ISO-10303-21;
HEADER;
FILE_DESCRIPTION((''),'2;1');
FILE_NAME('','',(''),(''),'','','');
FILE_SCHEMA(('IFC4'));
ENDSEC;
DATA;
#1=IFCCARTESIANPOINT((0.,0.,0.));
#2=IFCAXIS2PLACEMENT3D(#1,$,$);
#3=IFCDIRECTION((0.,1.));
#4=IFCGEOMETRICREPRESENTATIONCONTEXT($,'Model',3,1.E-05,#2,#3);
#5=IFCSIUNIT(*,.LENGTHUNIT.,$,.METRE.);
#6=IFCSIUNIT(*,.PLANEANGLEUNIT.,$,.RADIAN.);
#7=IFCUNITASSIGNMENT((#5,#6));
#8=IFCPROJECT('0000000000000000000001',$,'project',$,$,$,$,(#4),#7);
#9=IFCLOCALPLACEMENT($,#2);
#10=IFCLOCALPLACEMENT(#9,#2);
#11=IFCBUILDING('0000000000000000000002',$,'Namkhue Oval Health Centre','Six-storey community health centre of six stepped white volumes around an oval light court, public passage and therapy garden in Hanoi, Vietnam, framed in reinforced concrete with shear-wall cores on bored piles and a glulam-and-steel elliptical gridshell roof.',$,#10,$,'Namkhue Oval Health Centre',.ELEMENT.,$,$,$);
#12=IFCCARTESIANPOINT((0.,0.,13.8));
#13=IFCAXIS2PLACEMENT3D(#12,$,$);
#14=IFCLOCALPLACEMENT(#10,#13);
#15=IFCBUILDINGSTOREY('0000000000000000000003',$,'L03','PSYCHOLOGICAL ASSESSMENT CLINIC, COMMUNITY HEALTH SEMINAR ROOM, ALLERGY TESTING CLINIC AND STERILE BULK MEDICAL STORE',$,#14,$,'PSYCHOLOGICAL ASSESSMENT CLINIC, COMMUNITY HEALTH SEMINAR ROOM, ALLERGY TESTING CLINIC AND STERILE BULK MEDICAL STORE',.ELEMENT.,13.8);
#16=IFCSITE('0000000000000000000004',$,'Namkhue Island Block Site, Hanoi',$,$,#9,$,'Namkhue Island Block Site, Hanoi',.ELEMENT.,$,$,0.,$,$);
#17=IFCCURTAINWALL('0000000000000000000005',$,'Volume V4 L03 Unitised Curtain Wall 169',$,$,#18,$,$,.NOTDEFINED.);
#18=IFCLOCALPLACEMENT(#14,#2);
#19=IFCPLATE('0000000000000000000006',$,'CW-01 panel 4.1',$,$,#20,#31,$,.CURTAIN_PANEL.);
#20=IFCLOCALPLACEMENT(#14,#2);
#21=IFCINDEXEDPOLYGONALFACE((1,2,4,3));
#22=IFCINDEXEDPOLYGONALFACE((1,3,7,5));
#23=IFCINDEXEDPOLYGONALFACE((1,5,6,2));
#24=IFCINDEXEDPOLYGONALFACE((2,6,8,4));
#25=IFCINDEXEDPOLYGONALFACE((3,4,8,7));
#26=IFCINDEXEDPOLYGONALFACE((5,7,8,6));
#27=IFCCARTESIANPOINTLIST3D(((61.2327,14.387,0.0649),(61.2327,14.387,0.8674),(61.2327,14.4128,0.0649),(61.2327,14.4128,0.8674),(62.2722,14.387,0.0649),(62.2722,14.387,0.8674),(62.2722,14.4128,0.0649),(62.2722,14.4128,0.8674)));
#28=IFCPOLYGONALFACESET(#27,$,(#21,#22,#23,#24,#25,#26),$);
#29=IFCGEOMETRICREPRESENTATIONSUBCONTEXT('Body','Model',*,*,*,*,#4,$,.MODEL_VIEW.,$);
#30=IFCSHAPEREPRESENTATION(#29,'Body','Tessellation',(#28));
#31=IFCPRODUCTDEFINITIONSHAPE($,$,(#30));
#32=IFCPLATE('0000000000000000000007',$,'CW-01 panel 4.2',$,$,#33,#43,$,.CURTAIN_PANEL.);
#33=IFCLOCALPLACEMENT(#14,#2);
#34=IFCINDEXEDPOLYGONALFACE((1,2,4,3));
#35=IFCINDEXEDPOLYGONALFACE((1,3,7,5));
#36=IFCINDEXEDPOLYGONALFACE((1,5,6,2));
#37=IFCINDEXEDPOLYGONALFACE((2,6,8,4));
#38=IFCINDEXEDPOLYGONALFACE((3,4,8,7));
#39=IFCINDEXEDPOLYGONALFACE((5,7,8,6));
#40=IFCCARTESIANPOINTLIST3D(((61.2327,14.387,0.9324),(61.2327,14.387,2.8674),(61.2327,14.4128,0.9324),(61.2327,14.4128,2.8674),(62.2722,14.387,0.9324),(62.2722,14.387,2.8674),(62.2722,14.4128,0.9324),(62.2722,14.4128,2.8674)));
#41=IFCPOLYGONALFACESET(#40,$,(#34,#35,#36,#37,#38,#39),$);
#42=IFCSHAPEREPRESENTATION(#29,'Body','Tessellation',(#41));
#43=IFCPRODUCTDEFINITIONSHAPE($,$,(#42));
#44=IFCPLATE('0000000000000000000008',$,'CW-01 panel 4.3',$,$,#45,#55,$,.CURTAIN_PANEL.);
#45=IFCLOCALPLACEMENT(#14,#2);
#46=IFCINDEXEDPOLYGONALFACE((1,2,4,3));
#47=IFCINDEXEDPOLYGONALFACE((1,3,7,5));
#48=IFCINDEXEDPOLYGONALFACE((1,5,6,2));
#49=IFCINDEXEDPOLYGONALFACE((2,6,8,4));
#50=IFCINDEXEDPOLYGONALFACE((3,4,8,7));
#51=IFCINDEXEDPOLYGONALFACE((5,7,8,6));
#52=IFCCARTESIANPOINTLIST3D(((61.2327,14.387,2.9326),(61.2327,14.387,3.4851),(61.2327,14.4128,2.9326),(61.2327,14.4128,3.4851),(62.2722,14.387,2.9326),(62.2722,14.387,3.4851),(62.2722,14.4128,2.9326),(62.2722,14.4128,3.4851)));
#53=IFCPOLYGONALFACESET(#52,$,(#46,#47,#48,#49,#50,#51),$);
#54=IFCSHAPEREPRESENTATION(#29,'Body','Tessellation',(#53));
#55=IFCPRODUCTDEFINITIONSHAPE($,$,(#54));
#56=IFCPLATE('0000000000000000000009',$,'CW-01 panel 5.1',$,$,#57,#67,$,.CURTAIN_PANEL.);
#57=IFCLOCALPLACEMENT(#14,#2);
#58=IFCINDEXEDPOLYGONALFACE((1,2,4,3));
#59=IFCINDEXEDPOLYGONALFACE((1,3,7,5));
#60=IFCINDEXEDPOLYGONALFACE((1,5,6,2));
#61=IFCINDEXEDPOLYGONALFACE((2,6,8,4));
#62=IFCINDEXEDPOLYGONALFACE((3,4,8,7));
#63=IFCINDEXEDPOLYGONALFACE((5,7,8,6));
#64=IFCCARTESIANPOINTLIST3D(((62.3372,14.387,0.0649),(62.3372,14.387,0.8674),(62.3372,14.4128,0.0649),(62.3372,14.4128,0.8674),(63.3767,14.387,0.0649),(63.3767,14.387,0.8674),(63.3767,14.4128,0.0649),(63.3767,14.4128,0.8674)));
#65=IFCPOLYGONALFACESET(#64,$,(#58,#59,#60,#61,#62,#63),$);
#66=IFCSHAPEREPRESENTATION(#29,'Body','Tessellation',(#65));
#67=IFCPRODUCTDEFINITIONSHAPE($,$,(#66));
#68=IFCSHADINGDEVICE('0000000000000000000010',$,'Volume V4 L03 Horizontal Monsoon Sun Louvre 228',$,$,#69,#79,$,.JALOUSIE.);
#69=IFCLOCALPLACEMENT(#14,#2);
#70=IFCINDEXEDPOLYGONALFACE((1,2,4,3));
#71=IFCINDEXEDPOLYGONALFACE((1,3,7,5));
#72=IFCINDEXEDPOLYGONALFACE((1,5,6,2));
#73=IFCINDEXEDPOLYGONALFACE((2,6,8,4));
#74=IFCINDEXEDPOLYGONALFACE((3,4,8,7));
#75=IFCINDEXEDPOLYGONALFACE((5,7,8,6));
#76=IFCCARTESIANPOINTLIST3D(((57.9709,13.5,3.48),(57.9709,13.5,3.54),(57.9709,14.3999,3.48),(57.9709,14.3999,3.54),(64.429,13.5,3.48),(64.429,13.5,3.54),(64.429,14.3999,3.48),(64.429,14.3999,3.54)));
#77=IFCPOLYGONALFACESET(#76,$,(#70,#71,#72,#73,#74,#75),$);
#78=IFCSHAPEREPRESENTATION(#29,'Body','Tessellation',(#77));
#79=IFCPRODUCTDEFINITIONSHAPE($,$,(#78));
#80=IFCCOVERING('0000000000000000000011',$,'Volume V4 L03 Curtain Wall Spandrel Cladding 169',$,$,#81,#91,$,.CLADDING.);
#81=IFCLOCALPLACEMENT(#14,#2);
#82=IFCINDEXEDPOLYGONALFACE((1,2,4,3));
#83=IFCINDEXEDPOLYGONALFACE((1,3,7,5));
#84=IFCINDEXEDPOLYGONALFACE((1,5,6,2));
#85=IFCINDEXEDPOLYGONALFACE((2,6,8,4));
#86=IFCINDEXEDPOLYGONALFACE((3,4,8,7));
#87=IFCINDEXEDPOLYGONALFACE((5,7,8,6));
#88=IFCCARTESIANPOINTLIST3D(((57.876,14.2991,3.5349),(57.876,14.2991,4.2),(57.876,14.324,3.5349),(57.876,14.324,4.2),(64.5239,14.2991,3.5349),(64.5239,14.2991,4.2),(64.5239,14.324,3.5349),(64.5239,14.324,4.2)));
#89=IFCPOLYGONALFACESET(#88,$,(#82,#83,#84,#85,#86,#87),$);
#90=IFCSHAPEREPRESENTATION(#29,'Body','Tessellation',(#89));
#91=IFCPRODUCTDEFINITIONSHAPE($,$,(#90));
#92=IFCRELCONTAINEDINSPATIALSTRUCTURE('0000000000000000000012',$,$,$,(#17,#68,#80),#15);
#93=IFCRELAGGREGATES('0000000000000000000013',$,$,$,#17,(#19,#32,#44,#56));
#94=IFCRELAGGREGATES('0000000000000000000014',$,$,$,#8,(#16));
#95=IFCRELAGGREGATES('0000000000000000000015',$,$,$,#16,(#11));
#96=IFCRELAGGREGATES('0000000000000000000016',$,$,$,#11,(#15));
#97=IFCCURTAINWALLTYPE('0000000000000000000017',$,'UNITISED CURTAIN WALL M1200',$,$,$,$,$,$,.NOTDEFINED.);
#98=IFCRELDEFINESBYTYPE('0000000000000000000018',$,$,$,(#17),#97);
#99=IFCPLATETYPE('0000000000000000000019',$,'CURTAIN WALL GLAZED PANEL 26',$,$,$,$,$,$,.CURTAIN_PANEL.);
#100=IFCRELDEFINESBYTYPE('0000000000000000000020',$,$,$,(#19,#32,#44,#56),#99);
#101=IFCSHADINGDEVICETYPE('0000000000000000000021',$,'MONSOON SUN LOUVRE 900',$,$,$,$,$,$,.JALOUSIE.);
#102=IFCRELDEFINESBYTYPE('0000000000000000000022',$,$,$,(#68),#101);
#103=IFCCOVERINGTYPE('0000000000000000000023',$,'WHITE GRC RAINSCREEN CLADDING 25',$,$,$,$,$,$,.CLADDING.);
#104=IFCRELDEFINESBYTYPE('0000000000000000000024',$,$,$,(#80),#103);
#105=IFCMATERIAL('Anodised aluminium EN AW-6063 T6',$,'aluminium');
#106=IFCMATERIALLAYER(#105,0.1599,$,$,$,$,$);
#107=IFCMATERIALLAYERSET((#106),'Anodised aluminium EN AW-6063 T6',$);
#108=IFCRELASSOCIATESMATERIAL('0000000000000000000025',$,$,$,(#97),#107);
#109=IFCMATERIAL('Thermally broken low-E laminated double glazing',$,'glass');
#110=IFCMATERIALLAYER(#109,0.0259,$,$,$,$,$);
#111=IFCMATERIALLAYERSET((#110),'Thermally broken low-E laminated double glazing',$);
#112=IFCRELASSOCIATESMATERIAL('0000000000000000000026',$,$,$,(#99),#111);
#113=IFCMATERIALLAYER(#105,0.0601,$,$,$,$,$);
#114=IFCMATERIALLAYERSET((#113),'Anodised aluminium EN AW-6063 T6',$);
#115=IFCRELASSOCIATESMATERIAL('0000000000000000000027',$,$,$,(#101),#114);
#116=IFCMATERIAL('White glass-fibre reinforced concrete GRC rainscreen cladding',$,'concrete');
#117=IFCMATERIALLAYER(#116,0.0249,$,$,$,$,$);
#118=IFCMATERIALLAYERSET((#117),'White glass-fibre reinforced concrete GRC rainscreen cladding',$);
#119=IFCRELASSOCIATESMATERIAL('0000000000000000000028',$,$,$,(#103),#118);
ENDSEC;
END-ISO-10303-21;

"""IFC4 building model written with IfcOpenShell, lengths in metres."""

from ifc_helpers import new_model, si_unit, direction, frame, origin, origin_2d, place, context, subcontext, project, spatial, rectangle, extrude, material, layer, layer_set, type_object, element, aggregate, save


model = new_model("IFC4")

# Units and contexts
model_context = context("Model", 3, precision=1e-05, world=origin(), true_north=direction((0.0, 1.0)))
body_context = subcontext(model_context, "Body", "Model", "MODEL_VIEW")
ifc_project = project(units=[si_unit("LENGTHUNIT", "METRE"), si_unit("PLANEANGLEUNIT", "RADIAN")], contexts=[model_context])

# Site, building, storey
site_placement = place(None, origin())
site = spatial("IfcSite", under=ifc_project, at=site_placement, Name="Namkhue Island Block Site, Hanoi", LongName="Namkhue Island Block Site, Hanoi", CompositionType="ELEMENT", RefElevation=0.0)
building_placement = place(site_placement, origin())
building = spatial("IfcBuilding", under=site, at=building_placement, Name="Namkhue Oval Health Centre", Description="Six-storey community health centre of six stepped white volumes around an oval light court, public passage and therapy garden in Hanoi, Vietnam, framed in reinforced concrete with shear-wall cores on bored piles and a glulam-and-steel elliptical gridshell roof.", LongName="Namkhue Oval Health Centre", CompositionType="ELEMENT")
storey_placement = place(building_placement, frame((0.0, 0.0, 13.8)))
storey = spatial("IfcBuildingStorey", under=building, at=storey_placement, Name="L03", Description="PSYCHOLOGICAL ASSESSMENT CLINIC, COMMUNITY HEALTH SEMINAR ROOM, ALLERGY TESTING CLINIC AND STERILE BULK MEDICAL STORE", LongName="PSYCHOLOGICAL ASSESSMENT CLINIC, COMMUNITY HEALTH SEMINAR ROOM, ALLERGY TESTING CLINIC AND STERILE BULK MEDICAL STORE", CompositionType="ELEMENT", Elevation=13.8)

# Curtain wall, plates
ifc_material_1 = material(Name="Anodised aluminium EN AW-6063 T6", Category="aluminium")
ifc_layer_1 = layer(ifc_material_1, 0.1599)
ifc_layer_set_1 = layer_set([ifc_layer_1], Name="Anodised aluminium EN AW-6063 T6")
curtain_wall_type = type_object("IfcCurtainWallType", Name="UNITISED CURTAIN WALL M1200", PredefinedType="NOTDEFINED", material=ifc_layer_set_1)
curtain_wall_placement = place(storey_placement, origin())
curtain_wall = element("IfcCurtainWall", 1, at=curtain_wall_placement, inside=storey, type_object=curtain_wall_type, Name="Volume V4 L03 Unitised Curtain Wall 169", PredefinedType="NOTDEFINED")
ifc_material_2 = material(Name="Thermally broken low-E laminated double glazing", Category="glass")
ifc_layer_2 = layer(ifc_material_2, 0.0259)
ifc_layer_set_2 = layer_set([ifc_layer_2], Name="Thermally broken low-E laminated double glazing")
plate_type = type_object("IfcPlateType", Name="CURTAIN WALL GLAZED PANEL 26", PredefinedType="CURTAIN_PANEL", material=ifc_layer_set_2)
plate_1_placement = place(storey_placement, frame((61.7524, 14.3999, 0.0649), z_axis=(0.0, 0.0, 1.0), x_axis=(1.0, 0.0, 0.0)))
plate_1 = element("IfcPlate", 2, at=plate_1_placement, type_object=plate_type, Name="CW-01 panel 4.1", PredefinedType="CURTAIN_PANEL", context=body_context, shape_type="SweptSolid", body=[
    extrude(rectangle(XDim=1.0396, YDim=0.0259, at=origin_2d()), origin(), (0.0, 0.0, 1.0), 0.8025),
])
plate_2_placement = place(storey_placement, frame((61.7524, 14.3999, 0.9324), z_axis=(0.0, 0.0, 1.0), x_axis=(1.0, 0.0, 0.0)))
plate_2 = element("IfcPlate", 3, at=plate_2_placement, type_object=plate_type, Name="CW-01 panel 4.2", PredefinedType="CURTAIN_PANEL", context=body_context, shape_type="SweptSolid", body=[
    extrude(rectangle(XDim=1.0396, YDim=0.0259, at=origin_2d()), origin(), (0.0, 0.0, 1.0), 1.9351),
])
plate_3_placement = place(storey_placement, frame((61.7524, 14.3999, 2.9326), z_axis=(0.0, 0.0, 1.0), x_axis=(1.0, 0.0, 0.0)))
plate_3 = element("IfcPlate", 4, at=plate_3_placement, type_object=plate_type, Name="CW-01 panel 4.3", PredefinedType="CURTAIN_PANEL", context=body_context, shape_type="SweptSolid", body=[
    extrude(rectangle(XDim=1.0396, YDim=0.0259, at=origin_2d()), origin(), (0.0, 0.0, 1.0), 0.5525),
])
plate_4_placement = place(storey_placement, frame((62.8569, 14.3999, 0.0649), z_axis=(0.0, 0.0, 1.0), x_axis=(1.0, 0.0, 0.0)))
plate_4 = element("IfcPlate", 5, at=plate_4_placement, type_object=plate_type, Name="CW-01 panel 5.1", PredefinedType="CURTAIN_PANEL", context=body_context, shape_type="SweptSolid", body=[
    extrude(rectangle(XDim=1.0396, YDim=0.0259, at=origin_2d()), origin(), (0.0, 0.0, 1.0), 0.8025),
])
aggregate(curtain_wall, [plate_1, plate_2, plate_3, plate_4])

# Shading device
ifc_layer_3 = layer(ifc_material_1, 0.0601)
ifc_layer_set_3 = layer_set([ifc_layer_3], Name="Anodised aluminium EN AW-6063 T6")
shading_device_type = type_object("IfcShadingDeviceType", Name="MONSOON SUN LOUVRE 900", PredefinedType="JALOUSIE", material=ifc_layer_set_3)
shading_device_placement = place(storey_placement, frame((61.2, 13.95, 3.48), z_axis=(0.0, 0.0, 1.0), x_axis=(1.0, 0.0, 0.0)))
element("IfcShadingDevice", 6, at=shading_device_placement, inside=storey, type_object=shading_device_type, Name="Volume V4 L03 Horizontal Monsoon Sun Louvre 228", PredefinedType="JALOUSIE", context=body_context, shape_type="SweptSolid", body=[
    extrude(rectangle(XDim=6.458, YDim=0.8999, at=origin_2d()), origin(), (0.0, 0.0, 1.0), 0.0601),
])

# Covering
ifc_material_3 = material(Name="White glass-fibre reinforced concrete GRC rainscreen cladding", Category="concrete")
ifc_layer_4 = layer(ifc_material_3, 0.0249)
ifc_layer_set_4 = layer_set([ifc_layer_4], Name="White glass-fibre reinforced concrete GRC rainscreen cladding")
covering_type = type_object("IfcCoveringType", Name="WHITE GRC RAINSCREEN CLADDING 25", PredefinedType="CLADDING", material=ifc_layer_set_4)
covering_placement = place(storey_placement, frame((61.2, 14.3115, 3.5349), z_axis=(0.0, 0.0, 1.0), x_axis=(1.0, 0.0, 0.0)))
element("IfcCovering", 7, at=covering_placement, inside=storey, type_object=covering_type, Name="Volume V4 L03 Curtain Wall Spandrel Cladding 169", PredefinedType="CLADDING", context=body_context, shape_type="SweptSolid", body=[
    extrude(rectangle(XDim=6.6479, YDim=0.0249, at=origin_2d()), origin(), (0.0, 0.0, 1.0), 0.665),
])

save(model, "model.ifc")
